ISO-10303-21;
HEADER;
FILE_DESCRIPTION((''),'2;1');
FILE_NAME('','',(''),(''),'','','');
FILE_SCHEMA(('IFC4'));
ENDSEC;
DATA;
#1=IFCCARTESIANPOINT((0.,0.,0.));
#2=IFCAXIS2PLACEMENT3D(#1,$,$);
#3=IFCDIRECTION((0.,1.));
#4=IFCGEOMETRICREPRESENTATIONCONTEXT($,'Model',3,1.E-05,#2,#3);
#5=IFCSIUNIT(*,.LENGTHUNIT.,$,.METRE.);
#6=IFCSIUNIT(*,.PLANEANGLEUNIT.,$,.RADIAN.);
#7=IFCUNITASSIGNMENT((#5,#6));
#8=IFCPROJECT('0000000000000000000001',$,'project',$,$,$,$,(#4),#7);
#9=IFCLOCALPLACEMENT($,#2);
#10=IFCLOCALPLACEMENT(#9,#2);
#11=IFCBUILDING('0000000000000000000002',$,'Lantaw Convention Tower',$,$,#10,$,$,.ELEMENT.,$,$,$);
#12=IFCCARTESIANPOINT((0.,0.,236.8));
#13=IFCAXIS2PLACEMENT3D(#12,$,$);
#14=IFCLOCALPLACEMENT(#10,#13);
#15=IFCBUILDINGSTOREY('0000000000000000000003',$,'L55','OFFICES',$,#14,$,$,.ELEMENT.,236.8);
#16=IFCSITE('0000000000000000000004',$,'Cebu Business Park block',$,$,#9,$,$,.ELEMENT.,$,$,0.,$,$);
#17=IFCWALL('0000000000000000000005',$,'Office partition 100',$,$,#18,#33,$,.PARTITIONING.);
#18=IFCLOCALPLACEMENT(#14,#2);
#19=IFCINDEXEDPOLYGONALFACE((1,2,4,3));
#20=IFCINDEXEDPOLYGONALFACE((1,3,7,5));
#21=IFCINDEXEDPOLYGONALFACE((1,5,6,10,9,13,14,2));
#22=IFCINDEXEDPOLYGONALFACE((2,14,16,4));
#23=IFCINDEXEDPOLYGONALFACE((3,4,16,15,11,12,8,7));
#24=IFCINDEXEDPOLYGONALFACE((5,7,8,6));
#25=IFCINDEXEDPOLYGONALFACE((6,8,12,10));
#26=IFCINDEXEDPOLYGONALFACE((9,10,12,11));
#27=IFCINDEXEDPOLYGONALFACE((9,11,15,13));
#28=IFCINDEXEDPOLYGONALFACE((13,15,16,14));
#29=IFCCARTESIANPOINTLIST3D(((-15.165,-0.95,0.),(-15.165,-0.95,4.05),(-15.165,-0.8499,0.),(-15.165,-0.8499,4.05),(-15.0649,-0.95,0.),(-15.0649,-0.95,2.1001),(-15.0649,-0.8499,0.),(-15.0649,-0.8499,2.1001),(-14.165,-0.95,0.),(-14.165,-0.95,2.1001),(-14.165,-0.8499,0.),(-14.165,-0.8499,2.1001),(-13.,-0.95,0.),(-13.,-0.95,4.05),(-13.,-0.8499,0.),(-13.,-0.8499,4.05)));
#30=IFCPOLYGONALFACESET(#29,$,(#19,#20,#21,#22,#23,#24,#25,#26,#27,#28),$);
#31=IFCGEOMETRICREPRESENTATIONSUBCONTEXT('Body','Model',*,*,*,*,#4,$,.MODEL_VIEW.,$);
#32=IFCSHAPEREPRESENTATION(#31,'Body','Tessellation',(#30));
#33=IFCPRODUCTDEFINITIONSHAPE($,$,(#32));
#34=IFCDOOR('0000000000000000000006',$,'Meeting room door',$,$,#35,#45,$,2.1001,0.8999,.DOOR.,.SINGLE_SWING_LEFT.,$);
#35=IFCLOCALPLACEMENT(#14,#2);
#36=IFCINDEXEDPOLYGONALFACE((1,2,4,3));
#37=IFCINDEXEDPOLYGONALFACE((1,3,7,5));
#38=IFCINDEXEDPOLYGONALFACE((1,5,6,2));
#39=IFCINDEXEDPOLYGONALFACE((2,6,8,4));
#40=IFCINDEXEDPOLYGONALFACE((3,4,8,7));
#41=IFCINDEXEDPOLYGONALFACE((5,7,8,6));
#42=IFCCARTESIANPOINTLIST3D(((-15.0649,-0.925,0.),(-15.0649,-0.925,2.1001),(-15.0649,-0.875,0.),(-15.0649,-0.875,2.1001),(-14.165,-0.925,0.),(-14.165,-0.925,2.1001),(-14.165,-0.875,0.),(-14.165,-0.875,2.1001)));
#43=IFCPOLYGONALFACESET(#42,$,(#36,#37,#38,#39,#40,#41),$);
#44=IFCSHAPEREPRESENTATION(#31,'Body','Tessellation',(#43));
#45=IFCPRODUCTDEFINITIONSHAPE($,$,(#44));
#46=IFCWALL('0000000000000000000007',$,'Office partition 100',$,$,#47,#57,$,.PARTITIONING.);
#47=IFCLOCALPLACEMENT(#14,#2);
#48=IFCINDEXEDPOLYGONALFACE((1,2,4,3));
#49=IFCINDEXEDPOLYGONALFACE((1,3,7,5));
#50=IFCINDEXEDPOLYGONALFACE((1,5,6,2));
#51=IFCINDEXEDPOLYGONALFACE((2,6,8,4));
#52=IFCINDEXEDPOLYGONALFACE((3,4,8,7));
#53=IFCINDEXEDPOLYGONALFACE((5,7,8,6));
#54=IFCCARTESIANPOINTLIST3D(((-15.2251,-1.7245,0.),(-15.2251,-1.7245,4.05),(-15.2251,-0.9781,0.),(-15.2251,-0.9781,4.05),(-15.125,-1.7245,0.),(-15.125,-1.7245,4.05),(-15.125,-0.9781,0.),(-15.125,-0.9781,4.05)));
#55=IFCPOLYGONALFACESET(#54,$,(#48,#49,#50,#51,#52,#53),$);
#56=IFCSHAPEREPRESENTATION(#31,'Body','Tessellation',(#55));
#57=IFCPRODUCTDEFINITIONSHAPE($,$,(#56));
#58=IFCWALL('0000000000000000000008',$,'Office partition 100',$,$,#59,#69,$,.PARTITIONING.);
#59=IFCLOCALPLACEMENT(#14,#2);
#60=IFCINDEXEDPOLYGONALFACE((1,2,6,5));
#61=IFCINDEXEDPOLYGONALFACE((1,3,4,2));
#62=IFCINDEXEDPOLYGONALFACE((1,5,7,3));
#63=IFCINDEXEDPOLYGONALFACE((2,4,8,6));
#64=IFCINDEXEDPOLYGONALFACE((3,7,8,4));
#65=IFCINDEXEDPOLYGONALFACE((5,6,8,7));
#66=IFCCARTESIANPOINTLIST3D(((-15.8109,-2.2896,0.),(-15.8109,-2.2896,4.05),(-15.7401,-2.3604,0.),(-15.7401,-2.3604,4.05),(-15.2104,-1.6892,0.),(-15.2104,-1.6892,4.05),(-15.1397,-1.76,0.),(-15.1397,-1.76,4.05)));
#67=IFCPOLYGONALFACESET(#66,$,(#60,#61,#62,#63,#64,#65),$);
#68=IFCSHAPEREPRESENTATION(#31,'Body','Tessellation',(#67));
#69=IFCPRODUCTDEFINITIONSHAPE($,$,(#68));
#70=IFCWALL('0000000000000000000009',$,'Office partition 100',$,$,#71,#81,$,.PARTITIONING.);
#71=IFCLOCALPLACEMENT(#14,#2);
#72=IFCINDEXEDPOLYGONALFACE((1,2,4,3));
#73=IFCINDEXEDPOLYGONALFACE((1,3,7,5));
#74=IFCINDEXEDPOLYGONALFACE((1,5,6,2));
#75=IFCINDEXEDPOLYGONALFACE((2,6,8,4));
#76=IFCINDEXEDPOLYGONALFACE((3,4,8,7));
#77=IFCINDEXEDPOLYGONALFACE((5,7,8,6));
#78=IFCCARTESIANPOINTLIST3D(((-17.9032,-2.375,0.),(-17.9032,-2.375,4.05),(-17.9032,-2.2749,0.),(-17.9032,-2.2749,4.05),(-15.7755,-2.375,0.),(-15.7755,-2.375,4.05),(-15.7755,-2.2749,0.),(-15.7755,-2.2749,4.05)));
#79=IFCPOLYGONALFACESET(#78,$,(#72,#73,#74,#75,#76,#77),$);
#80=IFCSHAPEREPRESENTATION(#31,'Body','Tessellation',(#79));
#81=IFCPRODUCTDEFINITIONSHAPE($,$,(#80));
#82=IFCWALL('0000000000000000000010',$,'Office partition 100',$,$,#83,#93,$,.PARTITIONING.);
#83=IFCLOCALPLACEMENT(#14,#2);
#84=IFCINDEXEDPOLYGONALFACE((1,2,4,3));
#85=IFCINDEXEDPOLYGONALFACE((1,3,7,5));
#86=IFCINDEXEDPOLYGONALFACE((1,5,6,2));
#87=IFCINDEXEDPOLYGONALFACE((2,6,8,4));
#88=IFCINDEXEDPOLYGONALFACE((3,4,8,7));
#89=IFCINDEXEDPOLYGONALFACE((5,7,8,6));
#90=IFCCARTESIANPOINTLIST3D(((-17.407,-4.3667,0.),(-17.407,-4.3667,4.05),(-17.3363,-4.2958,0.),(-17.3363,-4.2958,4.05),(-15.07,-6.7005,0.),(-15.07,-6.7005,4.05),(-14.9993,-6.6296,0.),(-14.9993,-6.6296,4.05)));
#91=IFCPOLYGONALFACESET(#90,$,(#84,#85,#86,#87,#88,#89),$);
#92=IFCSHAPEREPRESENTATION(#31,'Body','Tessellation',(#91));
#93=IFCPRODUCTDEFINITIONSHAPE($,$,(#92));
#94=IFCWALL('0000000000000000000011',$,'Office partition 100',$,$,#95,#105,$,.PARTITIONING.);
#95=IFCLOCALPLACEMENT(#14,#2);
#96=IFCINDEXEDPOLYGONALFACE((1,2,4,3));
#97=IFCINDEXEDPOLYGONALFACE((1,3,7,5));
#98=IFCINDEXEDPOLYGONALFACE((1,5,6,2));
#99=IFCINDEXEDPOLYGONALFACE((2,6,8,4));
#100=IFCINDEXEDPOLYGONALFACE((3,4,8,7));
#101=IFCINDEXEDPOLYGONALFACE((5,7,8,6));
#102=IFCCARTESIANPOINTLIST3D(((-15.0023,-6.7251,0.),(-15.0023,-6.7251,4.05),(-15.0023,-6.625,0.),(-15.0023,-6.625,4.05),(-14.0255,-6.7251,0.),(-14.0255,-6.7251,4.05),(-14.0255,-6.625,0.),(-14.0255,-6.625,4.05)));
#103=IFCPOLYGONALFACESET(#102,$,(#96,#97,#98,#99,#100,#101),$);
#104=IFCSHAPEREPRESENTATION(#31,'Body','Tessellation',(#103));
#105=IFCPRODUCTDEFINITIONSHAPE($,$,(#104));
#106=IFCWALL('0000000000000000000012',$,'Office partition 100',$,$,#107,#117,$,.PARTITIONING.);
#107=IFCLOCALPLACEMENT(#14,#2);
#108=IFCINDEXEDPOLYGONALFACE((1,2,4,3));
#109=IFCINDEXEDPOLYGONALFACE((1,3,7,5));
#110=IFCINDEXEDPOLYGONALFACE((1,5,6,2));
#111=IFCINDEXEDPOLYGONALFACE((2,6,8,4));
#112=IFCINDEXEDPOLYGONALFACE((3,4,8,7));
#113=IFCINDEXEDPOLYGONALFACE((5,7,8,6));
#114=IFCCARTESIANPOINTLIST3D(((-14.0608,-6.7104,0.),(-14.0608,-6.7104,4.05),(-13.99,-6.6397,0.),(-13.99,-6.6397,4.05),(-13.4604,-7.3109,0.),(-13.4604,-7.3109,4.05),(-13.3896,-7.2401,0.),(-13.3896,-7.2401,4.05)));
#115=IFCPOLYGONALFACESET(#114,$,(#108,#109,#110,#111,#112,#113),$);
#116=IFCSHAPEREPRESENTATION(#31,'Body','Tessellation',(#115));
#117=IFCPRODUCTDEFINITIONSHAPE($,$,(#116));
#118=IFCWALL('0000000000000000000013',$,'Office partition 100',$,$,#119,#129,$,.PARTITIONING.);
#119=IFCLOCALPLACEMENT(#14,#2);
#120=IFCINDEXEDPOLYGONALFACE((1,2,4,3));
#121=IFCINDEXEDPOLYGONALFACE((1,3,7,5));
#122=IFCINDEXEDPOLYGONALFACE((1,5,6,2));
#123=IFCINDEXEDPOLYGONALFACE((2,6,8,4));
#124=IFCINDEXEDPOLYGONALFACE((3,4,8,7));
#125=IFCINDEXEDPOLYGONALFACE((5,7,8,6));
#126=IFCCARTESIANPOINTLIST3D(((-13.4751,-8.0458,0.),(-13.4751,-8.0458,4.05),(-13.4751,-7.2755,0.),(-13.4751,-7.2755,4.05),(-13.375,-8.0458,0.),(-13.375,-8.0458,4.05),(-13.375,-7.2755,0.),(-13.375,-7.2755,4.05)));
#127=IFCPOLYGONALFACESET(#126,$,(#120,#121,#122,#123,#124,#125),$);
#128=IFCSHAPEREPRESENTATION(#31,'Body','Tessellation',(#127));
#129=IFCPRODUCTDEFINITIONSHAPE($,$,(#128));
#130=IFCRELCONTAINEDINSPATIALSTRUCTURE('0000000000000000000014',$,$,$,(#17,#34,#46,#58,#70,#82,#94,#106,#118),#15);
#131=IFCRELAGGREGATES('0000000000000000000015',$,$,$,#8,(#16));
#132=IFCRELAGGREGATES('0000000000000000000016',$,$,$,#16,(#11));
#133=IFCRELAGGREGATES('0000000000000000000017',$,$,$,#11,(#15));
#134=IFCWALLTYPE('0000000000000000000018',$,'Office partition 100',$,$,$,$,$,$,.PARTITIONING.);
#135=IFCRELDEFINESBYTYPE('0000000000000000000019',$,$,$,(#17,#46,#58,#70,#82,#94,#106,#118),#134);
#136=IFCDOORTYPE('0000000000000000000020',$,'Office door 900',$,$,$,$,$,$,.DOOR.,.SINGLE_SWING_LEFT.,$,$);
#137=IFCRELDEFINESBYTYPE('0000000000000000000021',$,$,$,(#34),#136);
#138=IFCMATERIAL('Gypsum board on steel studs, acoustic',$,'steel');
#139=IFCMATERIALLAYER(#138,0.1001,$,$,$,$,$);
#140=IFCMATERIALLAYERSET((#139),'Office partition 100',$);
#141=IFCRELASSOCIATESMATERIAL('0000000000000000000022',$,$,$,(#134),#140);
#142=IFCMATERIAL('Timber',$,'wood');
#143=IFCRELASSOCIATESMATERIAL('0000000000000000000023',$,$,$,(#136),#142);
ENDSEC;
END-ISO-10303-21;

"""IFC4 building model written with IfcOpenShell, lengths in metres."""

from ifc_helpers import new_model, si_unit, direction, frame, frame_2d, origin, place, context, subcontext, project, spatial, rectangle, extrude, material, layer, layer_set, type_object, element, fill, save


model = new_model("IFC4")

# Units and contexts
model_context = context("Model", 3, precision=1e-05, world=origin(), true_north=direction((0.0, 1.0)))
body_context = subcontext(model_context, "Body", "Model", "MODEL_VIEW")
ifc_project = project(units=[si_unit("LENGTHUNIT", "METRE"), si_unit("PLANEANGLEUNIT", "RADIAN")], contexts=[model_context])

# Site, building, storey
site_placement = place(None, origin())
site = spatial("IfcSite", under=ifc_project, at=site_placement, Name="Cebu Business Park block", CompositionType="ELEMENT", RefElevation=0.0)
building_placement = place(site_placement, origin())
building = spatial("IfcBuilding", under=site, at=building_placement, Name="Lantaw Convention Tower", CompositionType="ELEMENT")
storey_placement = place(building_placement, frame((0.0, 0.0, 236.8)))
storey = spatial("IfcBuildingStorey", under=building, at=storey_placement, Name="L55", Description="OFFICES", CompositionType="ELEMENT", Elevation=236.8)

# Shared definitions
ifc_material_1 = material(Name="Gypsum board on steel studs, acoustic", Category="steel")
ifc_layer_1 = layer(ifc_material_1, 0.1001)
ifc_layer_set_1 = layer_set([ifc_layer_1], Name="Office partition 100")
wall_type_1 = type_object("IfcWallType", Name="Office partition 100", PredefinedType="PARTITIONING", material=ifc_layer_set_1)

# Wall, opening, door
wall_1_placement = place(storey_placement, frame((-15.165, -0.8999, 0.0), z_axis=(0.0, 0.0, 1.0), x_axis=(1.0, 0.0, 0.0)))
wall_1 = element("IfcWall", 1, at=wall_1_placement, inside=storey, type_object=wall_type_1, Name="Office partition 100", PredefinedType="PARTITIONING", context=body_context, shape_type="SweptSolid", body=[
    extrude(rectangle(XDim=2.165, YDim=0.1001, at=frame_2d((1.0825, 0.0))), origin(), (0.0, 0.0, 1.0), 4.05),
])
opening_1_placement = place(wall_1_placement, frame((0.1001, 0.0, 0.0)))
opening_1 = element("IfcOpeningElement", 2, at=opening_1_placement, cuts=wall_1, PredefinedType="OPENING", context=body_context, shape_type="SweptSolid", body=[
    extrude(rectangle(XDim=0.8999, YDim=2.1001, at=frame_2d((0.45, 1.05))), frame((0.0, 0.0601, 0.0), z_axis=(0.0, -1.0, 0.0), x_axis=(1.0, 0.0, 0.0)), (0.0, 0.0, 1.0), 0.1201),
])
ifc_material_2 = material(Name="Timber", Category="wood")
door_type_1 = type_object("IfcDoorType", Name="Office door 900", OperationType="SINGLE_SWING_LEFT", PredefinedType="DOOR", material=ifc_material_2)
door_1_placement = place(opening_1_placement, origin())
door_1 = element("IfcDoor", 3, at=door_1_placement, inside=storey, type_object=door_type_1, Name="Meeting room door", OperationType="SINGLE_SWING_LEFT", OverallHeight=2.1001, OverallWidth=0.8999, PredefinedType="DOOR", context=body_context, shape_type="SweptSolid", body=[
    extrude(rectangle(XDim=0.8999, YDim=2.1001, at=frame_2d((0.45, 1.05))), frame((0.0, 0.0249, 0.0), z_axis=(0.0, -1.0, 0.0), x_axis=(1.0, 0.0, 0.0)), (0.0, 0.0, 1.0), 0.05),
])
fill(opening_1, door_1)

# Walls
wall_2_placement = place(storey_placement, frame((-15.175, -0.9783, 0.0), z_axis=(0.0, 0.0, 1.0), x_axis=(0.0, -1.0, 0.0)))
element("IfcWall", 4, at=wall_2_placement, inside=storey, type_object=wall_type_1, Name="Office partition 100", PredefinedType="PARTITIONING", context=body_context, shape_type="SweptSolid", body=[
    extrude(rectangle(XDim=0.7463, YDim=0.1001, at=frame_2d((0.373, 0.0))), origin(), (0.0, 0.0, 1.0), 4.05),
])
wall_3_placement = place(storey_placement, frame((-15.175, -1.7246, 0.0), z_axis=(0.0, 0.0, 1.0), x_axis=(-0.707107, -0.707107, 0.0)))
element("IfcWall", 5, at=wall_3_placement, inside=storey, type_object=wall_type_1, Name="Office partition 100", PredefinedType="PARTITIONING", context=body_context, shape_type="SweptSolid", body=[
    extrude(rectangle(XDim=0.8491, YDim=0.1001, at=frame_2d((0.4246, 0.0))), origin(), (0.0, 0.0, 1.0), 4.05),
])
wall_4_placement = place(storey_placement, frame((-15.7754, -2.325, 0.0), z_axis=(0.0, 0.0, 1.0), x_axis=(-1.0, 0.0, 0.0)))
element("IfcWall", 6, at=wall_4_placement, inside=storey, type_object=wall_type_1, Name="Office partition 100", PredefinedType="PARTITIONING", context=body_context, shape_type="SweptSolid", body=[
    extrude(rectangle(XDim=2.1277, YDim=0.1001, at=frame_2d((1.064, 0.0))), origin(), (0.0, 0.0, 1.0), 4.05),
])
wall_5_placement = place(storey_placement, frame((-15.0347, -6.665, 0.0), z_axis=(0.0, 0.0, 1.0), x_axis=(-0.707587, 0.706626, 0.0)))
element("IfcWall", 7, at=wall_5_placement, inside=storey, type_object=wall_type_1, Name="Office partition 100", PredefinedType="PARTITIONING", context=body_context, shape_type="SweptSolid", body=[
    extrude(rectangle(XDim=3.3027, YDim=0.1001, at=frame_2d((1.6514, 0.0))), origin(), (0.0, 0.0, 1.0), 4.05),
])
wall_6_placement = place(storey_placement, frame((-15.0022, -6.675, 0.0), z_axis=(0.0, 0.0, 1.0), x_axis=(1.0, 0.0, 0.0)))
element("IfcWall", 8, at=wall_6_placement, inside=storey, type_object=wall_type_1, Name="Office partition 100", PredefinedType="PARTITIONING", context=body_context, shape_type="SweptSolid", body=[
    extrude(rectangle(XDim=0.9768, YDim=0.1001, at=frame_2d((0.4883, 0.0))), origin(), (0.0, 0.0, 1.0), 4.05),
])
wall_7_placement = place(storey_placement, frame((-14.0254, -6.675, 0.0), z_axis=(0.0, 0.0, 1.0), x_axis=(0.707107, -0.707107, 0.0)))
element("IfcWall", 9, at=wall_7_placement, inside=storey, type_object=wall_type_1, Name="Office partition 100", PredefinedType="PARTITIONING", context=body_context, shape_type="SweptSolid", body=[
    extrude(rectangle(XDim=0.8491, YDim=0.1001, at=frame_2d((0.4246, 0.0))), origin(), (0.0, 0.0, 1.0), 4.05),
])
wall_8_placement = place(storey_placement, frame((-13.425, -7.2754, 0.0), z_axis=(0.0, 0.0, 1.0), x_axis=(0.0, -1.0, 0.0)))
element("IfcWall", 10, at=wall_8_placement, inside=storey, type_object=wall_type_1, Name="Office partition 100", PredefinedType="PARTITIONING", context=body_context, shape_type="SweptSolid", body=[
    extrude(rectangle(XDim=0.7703, YDim=0.1001, at=frame_2d((0.3853, 0.0))), origin(), (0.0, 0.0, 1.0), 4.05),
])

save(model, "model.ifc")
